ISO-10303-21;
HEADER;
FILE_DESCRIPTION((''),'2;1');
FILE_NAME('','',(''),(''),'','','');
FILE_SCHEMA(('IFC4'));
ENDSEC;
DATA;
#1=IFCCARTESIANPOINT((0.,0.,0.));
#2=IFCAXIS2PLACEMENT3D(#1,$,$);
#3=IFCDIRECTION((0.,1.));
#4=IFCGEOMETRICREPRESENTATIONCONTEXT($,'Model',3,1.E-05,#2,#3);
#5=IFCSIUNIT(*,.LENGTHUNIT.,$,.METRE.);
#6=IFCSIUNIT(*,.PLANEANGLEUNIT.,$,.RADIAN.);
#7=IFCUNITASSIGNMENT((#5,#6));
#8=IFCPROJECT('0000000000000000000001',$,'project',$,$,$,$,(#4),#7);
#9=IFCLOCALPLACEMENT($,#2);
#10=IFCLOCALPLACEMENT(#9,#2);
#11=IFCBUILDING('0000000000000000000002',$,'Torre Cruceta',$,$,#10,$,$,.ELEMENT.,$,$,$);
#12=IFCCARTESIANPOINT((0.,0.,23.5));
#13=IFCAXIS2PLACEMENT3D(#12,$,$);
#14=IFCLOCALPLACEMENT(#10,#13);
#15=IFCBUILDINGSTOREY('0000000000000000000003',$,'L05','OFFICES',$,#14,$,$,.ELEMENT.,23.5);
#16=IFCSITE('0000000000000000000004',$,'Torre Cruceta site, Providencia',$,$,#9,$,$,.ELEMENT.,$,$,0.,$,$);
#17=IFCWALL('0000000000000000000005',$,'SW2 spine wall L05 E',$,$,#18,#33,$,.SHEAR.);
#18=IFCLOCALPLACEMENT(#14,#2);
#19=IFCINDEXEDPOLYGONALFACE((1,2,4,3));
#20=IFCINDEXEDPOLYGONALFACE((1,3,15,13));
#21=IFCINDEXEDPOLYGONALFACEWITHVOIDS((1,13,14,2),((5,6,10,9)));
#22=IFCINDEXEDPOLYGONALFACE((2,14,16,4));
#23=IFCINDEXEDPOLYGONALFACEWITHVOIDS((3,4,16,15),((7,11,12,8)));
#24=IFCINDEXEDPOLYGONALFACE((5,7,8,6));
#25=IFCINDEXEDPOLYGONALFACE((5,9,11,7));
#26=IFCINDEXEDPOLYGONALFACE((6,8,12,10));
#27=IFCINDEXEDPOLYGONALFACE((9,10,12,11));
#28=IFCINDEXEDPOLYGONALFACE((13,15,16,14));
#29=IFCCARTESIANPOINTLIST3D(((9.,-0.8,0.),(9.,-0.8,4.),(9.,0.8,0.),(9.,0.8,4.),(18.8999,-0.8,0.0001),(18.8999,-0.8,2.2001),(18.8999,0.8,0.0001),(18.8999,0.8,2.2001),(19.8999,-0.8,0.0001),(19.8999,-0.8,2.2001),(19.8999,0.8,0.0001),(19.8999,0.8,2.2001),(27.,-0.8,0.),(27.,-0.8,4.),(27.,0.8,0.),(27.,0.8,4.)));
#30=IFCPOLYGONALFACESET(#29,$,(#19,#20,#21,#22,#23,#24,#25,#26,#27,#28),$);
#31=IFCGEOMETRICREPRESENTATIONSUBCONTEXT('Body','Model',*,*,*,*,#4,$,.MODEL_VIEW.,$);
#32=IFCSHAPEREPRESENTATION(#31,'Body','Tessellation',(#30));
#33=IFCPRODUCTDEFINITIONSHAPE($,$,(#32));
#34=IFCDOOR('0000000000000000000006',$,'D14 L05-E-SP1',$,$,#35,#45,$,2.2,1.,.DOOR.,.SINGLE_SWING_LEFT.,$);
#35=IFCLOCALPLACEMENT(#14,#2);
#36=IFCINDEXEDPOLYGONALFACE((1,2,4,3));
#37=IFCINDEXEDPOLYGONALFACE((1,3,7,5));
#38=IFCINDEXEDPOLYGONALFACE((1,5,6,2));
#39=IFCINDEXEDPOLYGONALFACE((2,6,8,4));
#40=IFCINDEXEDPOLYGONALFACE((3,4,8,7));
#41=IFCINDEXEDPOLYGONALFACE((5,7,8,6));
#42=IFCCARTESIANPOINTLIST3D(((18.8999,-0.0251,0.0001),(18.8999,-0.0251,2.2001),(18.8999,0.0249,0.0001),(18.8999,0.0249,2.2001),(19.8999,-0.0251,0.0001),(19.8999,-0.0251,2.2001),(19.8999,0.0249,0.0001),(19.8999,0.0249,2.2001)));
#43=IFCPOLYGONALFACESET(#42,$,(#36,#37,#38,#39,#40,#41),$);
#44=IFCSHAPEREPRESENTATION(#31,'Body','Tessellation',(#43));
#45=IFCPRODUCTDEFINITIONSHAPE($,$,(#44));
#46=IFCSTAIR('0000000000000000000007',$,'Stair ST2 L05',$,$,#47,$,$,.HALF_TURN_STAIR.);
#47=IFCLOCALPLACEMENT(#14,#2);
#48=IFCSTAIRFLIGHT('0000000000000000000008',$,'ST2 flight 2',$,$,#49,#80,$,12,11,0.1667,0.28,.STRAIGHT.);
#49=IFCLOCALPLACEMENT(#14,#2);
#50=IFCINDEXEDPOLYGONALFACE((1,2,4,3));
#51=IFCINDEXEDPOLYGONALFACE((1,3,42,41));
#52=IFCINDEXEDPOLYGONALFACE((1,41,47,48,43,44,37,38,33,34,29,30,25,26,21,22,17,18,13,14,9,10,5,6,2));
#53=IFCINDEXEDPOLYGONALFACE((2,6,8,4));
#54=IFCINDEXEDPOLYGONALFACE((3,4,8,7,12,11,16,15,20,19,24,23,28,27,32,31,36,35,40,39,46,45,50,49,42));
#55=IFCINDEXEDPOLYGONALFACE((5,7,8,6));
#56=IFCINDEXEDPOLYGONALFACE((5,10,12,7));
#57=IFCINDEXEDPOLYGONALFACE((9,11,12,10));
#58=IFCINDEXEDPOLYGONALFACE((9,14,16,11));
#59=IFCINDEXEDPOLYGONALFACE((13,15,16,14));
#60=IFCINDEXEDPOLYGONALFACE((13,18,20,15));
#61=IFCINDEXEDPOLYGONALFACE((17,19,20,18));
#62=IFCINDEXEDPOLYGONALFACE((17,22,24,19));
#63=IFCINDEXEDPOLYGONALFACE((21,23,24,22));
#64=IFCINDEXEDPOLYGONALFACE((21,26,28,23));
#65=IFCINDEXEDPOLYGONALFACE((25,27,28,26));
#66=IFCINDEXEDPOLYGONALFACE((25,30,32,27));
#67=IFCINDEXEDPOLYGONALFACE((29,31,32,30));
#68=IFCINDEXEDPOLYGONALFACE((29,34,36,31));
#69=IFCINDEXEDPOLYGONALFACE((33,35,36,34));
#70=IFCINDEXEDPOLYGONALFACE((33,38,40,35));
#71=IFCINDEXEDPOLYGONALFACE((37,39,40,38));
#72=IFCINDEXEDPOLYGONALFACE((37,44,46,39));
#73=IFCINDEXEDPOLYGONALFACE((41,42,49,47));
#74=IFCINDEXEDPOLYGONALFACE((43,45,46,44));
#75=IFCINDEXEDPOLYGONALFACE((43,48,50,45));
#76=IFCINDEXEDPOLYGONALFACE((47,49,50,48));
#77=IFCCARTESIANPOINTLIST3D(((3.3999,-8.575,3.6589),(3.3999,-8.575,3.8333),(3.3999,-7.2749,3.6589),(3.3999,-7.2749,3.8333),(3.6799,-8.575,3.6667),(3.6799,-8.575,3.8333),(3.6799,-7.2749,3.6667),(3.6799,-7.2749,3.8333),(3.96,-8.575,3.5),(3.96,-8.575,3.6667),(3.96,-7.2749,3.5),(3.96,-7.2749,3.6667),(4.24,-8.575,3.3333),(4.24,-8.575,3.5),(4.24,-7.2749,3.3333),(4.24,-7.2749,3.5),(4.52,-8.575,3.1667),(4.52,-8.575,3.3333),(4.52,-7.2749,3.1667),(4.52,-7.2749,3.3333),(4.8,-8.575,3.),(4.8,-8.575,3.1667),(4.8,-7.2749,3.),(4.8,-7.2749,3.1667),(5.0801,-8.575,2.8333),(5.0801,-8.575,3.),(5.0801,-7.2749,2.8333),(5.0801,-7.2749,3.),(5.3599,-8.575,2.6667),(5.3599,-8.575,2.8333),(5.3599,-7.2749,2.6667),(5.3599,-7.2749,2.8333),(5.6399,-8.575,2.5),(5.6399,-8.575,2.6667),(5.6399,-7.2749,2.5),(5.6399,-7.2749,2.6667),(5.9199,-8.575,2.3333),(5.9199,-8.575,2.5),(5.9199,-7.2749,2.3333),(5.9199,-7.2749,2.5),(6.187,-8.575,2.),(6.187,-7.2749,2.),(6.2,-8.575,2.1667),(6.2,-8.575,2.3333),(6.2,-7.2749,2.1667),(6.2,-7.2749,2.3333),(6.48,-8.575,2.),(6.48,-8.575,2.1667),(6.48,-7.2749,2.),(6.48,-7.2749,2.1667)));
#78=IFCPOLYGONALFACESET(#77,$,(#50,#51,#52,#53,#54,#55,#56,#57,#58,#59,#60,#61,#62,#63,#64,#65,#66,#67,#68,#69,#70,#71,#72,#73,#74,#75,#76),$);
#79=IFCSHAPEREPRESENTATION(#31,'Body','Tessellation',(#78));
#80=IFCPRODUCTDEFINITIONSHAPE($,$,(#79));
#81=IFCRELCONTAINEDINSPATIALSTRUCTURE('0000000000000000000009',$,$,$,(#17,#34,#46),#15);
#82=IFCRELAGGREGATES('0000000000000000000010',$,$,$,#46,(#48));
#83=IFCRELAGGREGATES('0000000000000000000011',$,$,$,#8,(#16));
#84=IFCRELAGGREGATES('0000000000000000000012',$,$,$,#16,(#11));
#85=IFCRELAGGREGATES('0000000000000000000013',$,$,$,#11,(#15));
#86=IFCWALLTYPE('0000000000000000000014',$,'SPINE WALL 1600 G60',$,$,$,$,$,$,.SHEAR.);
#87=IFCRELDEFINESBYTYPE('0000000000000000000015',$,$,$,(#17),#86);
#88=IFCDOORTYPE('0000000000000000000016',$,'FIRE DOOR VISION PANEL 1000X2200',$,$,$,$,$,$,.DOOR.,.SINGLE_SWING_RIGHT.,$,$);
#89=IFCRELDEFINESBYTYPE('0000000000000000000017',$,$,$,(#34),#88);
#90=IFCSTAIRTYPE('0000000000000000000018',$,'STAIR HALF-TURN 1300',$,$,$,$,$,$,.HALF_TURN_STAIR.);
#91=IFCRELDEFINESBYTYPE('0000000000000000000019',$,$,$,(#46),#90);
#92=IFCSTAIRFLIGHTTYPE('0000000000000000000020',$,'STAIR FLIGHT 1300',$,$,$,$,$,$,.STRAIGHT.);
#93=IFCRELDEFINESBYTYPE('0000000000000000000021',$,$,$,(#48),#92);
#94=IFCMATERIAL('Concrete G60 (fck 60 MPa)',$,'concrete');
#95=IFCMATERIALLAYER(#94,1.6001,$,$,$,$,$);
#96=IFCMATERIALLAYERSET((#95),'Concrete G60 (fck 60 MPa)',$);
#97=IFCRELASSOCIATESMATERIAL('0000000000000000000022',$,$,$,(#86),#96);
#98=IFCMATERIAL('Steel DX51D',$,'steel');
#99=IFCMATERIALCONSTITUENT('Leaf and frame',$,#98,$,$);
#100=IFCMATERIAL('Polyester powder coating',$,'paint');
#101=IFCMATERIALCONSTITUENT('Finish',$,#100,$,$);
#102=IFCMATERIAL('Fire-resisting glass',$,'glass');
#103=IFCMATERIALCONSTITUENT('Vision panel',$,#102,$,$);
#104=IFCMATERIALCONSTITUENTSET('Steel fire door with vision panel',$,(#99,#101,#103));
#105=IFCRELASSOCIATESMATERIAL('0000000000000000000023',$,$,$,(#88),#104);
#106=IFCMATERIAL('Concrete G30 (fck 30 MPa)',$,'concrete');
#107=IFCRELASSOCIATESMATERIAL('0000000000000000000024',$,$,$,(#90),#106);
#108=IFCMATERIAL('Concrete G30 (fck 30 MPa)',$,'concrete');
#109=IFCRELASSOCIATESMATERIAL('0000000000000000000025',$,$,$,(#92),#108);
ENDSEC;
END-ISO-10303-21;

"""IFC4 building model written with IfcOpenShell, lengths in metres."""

from ifc_helpers import new_model, si_unit, direction, frame, frame_2d, origin, place, context, subcontext, project, spatial, polyline, rectangle, outline, extrude, material, layer, layer_set, constituent, constituent_set, type_object, element, fill, aggregate, save


model = new_model("IFC4")

# Units and contexts
model_context = context("Model", 3, precision=1e-05, world=origin(), true_north=direction((0.0, 1.0)))
body_context = subcontext(model_context, "Body", "Model", "MODEL_VIEW")
ifc_project = project(units=[si_unit("LENGTHUNIT", "METRE"), si_unit("PLANEANGLEUNIT", "RADIAN")], contexts=[model_context])

# Site, building, storey
site_placement = place(None, origin())
site = spatial("IfcSite", under=ifc_project, at=site_placement, Name="Torre Cruceta site, Providencia", CompositionType="ELEMENT", RefElevation=0.0)
building_placement = place(site_placement, origin())
building = spatial("IfcBuilding", under=site, at=building_placement, Name="Torre Cruceta", CompositionType="ELEMENT")
storey_placement = place(building_placement, frame((0.0, 0.0, 23.5)))
storey = spatial("IfcBuildingStorey", under=building, at=storey_placement, Name="L05", Description="OFFICES", CompositionType="ELEMENT", Elevation=23.5)

# Wall, opening, door
ifc_material_1 = material(Name="Concrete G60 (fck 60 MPa)", Category="concrete")
ifc_layer_1 = layer(ifc_material_1, 1.6001)
ifc_layer_set_1 = layer_set([ifc_layer_1], Name="Concrete G60 (fck 60 MPa)")
wall_type_1 = type_object("IfcWallType", Name="SPINE WALL 1600 G60", PredefinedType="SHEAR", material=ifc_layer_set_1)
wall_1_placement = place(storey_placement, frame((9.0, 0.0, 0.0), z_axis=(0.0, 0.0, 1.0), x_axis=(1.0, 0.0, 0.0)))
wall_1 = element("IfcWall", 1, at=wall_1_placement, inside=storey, type_object=wall_type_1, Name="SW2 spine wall L05 E", PredefinedType="SHEAR", context=body_context, shape_type="SweptSolid", body=[
    extrude(rectangle(XDim=18.0, YDim=1.6001, at=frame_2d((9.0, 0.0))), origin(), (0.0, 0.0, 1.0), 4.0),
])
opening_1_placement = place(wall_1_placement, frame((9.8999, 0.0, 0.0)))
opening_1 = element("IfcOpeningElement", 2, at=opening_1_placement, cuts=wall_1, PredefinedType="OPENING", context=body_context, shape_type="SweptSolid", body=[
    extrude(rectangle(XDim=1.0, YDim=2.2, at=frame_2d((0.5, 1.1001))), frame((0.0, 0.8101, 0.0), z_axis=(0.0, -1.0, 0.0), x_axis=(1.0, 0.0, 0.0)), (0.0, 0.0, 1.0), 1.6201),
])
ifc_material_2 = material(Name="Steel DX51D", Category="steel")
ifc_constituent_1 = constituent(ifc_material_2, Name="Leaf and frame")
ifc_material_3 = material(Name="Polyester powder coating", Category="paint")
ifc_constituent_2 = constituent(ifc_material_3, Name="Finish")
ifc_material_4 = material(Name="Fire-resisting glass", Category="glass")
ifc_constituent_3 = constituent(ifc_material_4, Name="Vision panel")
ifc_constituent_set_1 = constituent_set(constituents=[ifc_constituent_1, ifc_constituent_2, ifc_constituent_3], Name="Steel fire door with vision panel")
door_type_1 = type_object("IfcDoorType", Name="FIRE DOOR VISION PANEL 1000X2200", OperationType="SINGLE_SWING_RIGHT", PredefinedType="DOOR", material=ifc_constituent_set_1)
door_1_placement = place(opening_1_placement, frame((1.0, 0.0, 0.0), z_axis=(0.0, 0.0, 1.0), x_axis=(-1.0, 0.0, 0.0)))
door_1 = element("IfcDoor", 3, at=door_1_placement, inside=storey, type_object=door_type_1, Name="D14 L05-E-SP1", OperationType="SINGLE_SWING_LEFT", OverallHeight=2.2, OverallWidth=1.0, PredefinedType="DOOR", context=body_context, shape_type="SweptSolid", body=[
    extrude(rectangle(XDim=1.0, YDim=2.2, at=frame_2d((0.5, 1.1001))), frame((0.0, 0.0251, 0.0), z_axis=(0.0, -1.0, 0.0), x_axis=(1.0, 0.0, 0.0)), (0.0, 0.0, 1.0), 0.05),
])
fill(opening_1, door_1)

# Stair, stair flight
ifc_material_5 = material(Name="Concrete G30 (fck 30 MPa)", Category="concrete")
stair_type = type_object("IfcStairType", Name="STAIR HALF-TURN 1300", PredefinedType="HALF_TURN_STAIR", material=ifc_material_5)
stair_placement = place(storey_placement, origin())
stair = element("IfcStair", 4, at=stair_placement, inside=storey, type_object=stair_type, Name="Stair ST2 L05", PredefinedType="HALF_TURN_STAIR")
ifc_material_6 = material(Name="Concrete G30 (fck 30 MPa)", Category="concrete")
stair_flight_type = type_object("IfcStairFlightType", Name="STAIR FLIGHT 1300", PredefinedType="STRAIGHT", material=ifc_material_6)
stair_flight_placement = place(storey_placement, frame((6.48, -7.925, 2.0), z_axis=(0.0, 0.0, 1.0), x_axis=(-1.0, 0.0, 0.0)))
stair_flight = element("IfcStairFlight", 5, at=stair_flight_placement, type_object=stair_flight_type, Name="ST2 flight 2", NumberOfRisers=12, NumberOfTreads=11, PredefinedType="STRAIGHT", RiserHeight=0.1667, TreadLength=0.28, context=body_context, shape_type="SweptSolid", body=[
    extrude(outline(polyline([(0.0, 0.0), (0.0, 0.1667), (0.28, 0.1667), (0.28, 0.3333), (0.5601, 0.3333), (0.5601, 0.5), (0.8401, 0.5), (0.8401, 0.6667), (1.1201, 0.6667), (1.1201, 0.8333), (1.3999, 0.8333), (1.3999, 1.0), (1.6799, 1.0), (1.6799, 1.1667), (1.96, 1.1667), (1.96, 1.3333), (2.24, 1.3333), (2.24, 1.5), (2.52, 1.5), (2.52, 1.6667), (2.8, 1.6667), (2.8, 1.8333), (3.0801, 1.8333), (3.0801, 2.0), (3.0801, 1.6589), (0.293, 0.0), (0.0, 0.0)])), frame((0.0, 0.6499, 0.0), z_axis=(0.0, -1.0, 0.0), x_axis=(1.0, 0.0, 0.0)), (0.0, 0.0, 1.0), 1.3),
])
aggregate(stair, [stair_flight])

save(model, "model.ifc")
